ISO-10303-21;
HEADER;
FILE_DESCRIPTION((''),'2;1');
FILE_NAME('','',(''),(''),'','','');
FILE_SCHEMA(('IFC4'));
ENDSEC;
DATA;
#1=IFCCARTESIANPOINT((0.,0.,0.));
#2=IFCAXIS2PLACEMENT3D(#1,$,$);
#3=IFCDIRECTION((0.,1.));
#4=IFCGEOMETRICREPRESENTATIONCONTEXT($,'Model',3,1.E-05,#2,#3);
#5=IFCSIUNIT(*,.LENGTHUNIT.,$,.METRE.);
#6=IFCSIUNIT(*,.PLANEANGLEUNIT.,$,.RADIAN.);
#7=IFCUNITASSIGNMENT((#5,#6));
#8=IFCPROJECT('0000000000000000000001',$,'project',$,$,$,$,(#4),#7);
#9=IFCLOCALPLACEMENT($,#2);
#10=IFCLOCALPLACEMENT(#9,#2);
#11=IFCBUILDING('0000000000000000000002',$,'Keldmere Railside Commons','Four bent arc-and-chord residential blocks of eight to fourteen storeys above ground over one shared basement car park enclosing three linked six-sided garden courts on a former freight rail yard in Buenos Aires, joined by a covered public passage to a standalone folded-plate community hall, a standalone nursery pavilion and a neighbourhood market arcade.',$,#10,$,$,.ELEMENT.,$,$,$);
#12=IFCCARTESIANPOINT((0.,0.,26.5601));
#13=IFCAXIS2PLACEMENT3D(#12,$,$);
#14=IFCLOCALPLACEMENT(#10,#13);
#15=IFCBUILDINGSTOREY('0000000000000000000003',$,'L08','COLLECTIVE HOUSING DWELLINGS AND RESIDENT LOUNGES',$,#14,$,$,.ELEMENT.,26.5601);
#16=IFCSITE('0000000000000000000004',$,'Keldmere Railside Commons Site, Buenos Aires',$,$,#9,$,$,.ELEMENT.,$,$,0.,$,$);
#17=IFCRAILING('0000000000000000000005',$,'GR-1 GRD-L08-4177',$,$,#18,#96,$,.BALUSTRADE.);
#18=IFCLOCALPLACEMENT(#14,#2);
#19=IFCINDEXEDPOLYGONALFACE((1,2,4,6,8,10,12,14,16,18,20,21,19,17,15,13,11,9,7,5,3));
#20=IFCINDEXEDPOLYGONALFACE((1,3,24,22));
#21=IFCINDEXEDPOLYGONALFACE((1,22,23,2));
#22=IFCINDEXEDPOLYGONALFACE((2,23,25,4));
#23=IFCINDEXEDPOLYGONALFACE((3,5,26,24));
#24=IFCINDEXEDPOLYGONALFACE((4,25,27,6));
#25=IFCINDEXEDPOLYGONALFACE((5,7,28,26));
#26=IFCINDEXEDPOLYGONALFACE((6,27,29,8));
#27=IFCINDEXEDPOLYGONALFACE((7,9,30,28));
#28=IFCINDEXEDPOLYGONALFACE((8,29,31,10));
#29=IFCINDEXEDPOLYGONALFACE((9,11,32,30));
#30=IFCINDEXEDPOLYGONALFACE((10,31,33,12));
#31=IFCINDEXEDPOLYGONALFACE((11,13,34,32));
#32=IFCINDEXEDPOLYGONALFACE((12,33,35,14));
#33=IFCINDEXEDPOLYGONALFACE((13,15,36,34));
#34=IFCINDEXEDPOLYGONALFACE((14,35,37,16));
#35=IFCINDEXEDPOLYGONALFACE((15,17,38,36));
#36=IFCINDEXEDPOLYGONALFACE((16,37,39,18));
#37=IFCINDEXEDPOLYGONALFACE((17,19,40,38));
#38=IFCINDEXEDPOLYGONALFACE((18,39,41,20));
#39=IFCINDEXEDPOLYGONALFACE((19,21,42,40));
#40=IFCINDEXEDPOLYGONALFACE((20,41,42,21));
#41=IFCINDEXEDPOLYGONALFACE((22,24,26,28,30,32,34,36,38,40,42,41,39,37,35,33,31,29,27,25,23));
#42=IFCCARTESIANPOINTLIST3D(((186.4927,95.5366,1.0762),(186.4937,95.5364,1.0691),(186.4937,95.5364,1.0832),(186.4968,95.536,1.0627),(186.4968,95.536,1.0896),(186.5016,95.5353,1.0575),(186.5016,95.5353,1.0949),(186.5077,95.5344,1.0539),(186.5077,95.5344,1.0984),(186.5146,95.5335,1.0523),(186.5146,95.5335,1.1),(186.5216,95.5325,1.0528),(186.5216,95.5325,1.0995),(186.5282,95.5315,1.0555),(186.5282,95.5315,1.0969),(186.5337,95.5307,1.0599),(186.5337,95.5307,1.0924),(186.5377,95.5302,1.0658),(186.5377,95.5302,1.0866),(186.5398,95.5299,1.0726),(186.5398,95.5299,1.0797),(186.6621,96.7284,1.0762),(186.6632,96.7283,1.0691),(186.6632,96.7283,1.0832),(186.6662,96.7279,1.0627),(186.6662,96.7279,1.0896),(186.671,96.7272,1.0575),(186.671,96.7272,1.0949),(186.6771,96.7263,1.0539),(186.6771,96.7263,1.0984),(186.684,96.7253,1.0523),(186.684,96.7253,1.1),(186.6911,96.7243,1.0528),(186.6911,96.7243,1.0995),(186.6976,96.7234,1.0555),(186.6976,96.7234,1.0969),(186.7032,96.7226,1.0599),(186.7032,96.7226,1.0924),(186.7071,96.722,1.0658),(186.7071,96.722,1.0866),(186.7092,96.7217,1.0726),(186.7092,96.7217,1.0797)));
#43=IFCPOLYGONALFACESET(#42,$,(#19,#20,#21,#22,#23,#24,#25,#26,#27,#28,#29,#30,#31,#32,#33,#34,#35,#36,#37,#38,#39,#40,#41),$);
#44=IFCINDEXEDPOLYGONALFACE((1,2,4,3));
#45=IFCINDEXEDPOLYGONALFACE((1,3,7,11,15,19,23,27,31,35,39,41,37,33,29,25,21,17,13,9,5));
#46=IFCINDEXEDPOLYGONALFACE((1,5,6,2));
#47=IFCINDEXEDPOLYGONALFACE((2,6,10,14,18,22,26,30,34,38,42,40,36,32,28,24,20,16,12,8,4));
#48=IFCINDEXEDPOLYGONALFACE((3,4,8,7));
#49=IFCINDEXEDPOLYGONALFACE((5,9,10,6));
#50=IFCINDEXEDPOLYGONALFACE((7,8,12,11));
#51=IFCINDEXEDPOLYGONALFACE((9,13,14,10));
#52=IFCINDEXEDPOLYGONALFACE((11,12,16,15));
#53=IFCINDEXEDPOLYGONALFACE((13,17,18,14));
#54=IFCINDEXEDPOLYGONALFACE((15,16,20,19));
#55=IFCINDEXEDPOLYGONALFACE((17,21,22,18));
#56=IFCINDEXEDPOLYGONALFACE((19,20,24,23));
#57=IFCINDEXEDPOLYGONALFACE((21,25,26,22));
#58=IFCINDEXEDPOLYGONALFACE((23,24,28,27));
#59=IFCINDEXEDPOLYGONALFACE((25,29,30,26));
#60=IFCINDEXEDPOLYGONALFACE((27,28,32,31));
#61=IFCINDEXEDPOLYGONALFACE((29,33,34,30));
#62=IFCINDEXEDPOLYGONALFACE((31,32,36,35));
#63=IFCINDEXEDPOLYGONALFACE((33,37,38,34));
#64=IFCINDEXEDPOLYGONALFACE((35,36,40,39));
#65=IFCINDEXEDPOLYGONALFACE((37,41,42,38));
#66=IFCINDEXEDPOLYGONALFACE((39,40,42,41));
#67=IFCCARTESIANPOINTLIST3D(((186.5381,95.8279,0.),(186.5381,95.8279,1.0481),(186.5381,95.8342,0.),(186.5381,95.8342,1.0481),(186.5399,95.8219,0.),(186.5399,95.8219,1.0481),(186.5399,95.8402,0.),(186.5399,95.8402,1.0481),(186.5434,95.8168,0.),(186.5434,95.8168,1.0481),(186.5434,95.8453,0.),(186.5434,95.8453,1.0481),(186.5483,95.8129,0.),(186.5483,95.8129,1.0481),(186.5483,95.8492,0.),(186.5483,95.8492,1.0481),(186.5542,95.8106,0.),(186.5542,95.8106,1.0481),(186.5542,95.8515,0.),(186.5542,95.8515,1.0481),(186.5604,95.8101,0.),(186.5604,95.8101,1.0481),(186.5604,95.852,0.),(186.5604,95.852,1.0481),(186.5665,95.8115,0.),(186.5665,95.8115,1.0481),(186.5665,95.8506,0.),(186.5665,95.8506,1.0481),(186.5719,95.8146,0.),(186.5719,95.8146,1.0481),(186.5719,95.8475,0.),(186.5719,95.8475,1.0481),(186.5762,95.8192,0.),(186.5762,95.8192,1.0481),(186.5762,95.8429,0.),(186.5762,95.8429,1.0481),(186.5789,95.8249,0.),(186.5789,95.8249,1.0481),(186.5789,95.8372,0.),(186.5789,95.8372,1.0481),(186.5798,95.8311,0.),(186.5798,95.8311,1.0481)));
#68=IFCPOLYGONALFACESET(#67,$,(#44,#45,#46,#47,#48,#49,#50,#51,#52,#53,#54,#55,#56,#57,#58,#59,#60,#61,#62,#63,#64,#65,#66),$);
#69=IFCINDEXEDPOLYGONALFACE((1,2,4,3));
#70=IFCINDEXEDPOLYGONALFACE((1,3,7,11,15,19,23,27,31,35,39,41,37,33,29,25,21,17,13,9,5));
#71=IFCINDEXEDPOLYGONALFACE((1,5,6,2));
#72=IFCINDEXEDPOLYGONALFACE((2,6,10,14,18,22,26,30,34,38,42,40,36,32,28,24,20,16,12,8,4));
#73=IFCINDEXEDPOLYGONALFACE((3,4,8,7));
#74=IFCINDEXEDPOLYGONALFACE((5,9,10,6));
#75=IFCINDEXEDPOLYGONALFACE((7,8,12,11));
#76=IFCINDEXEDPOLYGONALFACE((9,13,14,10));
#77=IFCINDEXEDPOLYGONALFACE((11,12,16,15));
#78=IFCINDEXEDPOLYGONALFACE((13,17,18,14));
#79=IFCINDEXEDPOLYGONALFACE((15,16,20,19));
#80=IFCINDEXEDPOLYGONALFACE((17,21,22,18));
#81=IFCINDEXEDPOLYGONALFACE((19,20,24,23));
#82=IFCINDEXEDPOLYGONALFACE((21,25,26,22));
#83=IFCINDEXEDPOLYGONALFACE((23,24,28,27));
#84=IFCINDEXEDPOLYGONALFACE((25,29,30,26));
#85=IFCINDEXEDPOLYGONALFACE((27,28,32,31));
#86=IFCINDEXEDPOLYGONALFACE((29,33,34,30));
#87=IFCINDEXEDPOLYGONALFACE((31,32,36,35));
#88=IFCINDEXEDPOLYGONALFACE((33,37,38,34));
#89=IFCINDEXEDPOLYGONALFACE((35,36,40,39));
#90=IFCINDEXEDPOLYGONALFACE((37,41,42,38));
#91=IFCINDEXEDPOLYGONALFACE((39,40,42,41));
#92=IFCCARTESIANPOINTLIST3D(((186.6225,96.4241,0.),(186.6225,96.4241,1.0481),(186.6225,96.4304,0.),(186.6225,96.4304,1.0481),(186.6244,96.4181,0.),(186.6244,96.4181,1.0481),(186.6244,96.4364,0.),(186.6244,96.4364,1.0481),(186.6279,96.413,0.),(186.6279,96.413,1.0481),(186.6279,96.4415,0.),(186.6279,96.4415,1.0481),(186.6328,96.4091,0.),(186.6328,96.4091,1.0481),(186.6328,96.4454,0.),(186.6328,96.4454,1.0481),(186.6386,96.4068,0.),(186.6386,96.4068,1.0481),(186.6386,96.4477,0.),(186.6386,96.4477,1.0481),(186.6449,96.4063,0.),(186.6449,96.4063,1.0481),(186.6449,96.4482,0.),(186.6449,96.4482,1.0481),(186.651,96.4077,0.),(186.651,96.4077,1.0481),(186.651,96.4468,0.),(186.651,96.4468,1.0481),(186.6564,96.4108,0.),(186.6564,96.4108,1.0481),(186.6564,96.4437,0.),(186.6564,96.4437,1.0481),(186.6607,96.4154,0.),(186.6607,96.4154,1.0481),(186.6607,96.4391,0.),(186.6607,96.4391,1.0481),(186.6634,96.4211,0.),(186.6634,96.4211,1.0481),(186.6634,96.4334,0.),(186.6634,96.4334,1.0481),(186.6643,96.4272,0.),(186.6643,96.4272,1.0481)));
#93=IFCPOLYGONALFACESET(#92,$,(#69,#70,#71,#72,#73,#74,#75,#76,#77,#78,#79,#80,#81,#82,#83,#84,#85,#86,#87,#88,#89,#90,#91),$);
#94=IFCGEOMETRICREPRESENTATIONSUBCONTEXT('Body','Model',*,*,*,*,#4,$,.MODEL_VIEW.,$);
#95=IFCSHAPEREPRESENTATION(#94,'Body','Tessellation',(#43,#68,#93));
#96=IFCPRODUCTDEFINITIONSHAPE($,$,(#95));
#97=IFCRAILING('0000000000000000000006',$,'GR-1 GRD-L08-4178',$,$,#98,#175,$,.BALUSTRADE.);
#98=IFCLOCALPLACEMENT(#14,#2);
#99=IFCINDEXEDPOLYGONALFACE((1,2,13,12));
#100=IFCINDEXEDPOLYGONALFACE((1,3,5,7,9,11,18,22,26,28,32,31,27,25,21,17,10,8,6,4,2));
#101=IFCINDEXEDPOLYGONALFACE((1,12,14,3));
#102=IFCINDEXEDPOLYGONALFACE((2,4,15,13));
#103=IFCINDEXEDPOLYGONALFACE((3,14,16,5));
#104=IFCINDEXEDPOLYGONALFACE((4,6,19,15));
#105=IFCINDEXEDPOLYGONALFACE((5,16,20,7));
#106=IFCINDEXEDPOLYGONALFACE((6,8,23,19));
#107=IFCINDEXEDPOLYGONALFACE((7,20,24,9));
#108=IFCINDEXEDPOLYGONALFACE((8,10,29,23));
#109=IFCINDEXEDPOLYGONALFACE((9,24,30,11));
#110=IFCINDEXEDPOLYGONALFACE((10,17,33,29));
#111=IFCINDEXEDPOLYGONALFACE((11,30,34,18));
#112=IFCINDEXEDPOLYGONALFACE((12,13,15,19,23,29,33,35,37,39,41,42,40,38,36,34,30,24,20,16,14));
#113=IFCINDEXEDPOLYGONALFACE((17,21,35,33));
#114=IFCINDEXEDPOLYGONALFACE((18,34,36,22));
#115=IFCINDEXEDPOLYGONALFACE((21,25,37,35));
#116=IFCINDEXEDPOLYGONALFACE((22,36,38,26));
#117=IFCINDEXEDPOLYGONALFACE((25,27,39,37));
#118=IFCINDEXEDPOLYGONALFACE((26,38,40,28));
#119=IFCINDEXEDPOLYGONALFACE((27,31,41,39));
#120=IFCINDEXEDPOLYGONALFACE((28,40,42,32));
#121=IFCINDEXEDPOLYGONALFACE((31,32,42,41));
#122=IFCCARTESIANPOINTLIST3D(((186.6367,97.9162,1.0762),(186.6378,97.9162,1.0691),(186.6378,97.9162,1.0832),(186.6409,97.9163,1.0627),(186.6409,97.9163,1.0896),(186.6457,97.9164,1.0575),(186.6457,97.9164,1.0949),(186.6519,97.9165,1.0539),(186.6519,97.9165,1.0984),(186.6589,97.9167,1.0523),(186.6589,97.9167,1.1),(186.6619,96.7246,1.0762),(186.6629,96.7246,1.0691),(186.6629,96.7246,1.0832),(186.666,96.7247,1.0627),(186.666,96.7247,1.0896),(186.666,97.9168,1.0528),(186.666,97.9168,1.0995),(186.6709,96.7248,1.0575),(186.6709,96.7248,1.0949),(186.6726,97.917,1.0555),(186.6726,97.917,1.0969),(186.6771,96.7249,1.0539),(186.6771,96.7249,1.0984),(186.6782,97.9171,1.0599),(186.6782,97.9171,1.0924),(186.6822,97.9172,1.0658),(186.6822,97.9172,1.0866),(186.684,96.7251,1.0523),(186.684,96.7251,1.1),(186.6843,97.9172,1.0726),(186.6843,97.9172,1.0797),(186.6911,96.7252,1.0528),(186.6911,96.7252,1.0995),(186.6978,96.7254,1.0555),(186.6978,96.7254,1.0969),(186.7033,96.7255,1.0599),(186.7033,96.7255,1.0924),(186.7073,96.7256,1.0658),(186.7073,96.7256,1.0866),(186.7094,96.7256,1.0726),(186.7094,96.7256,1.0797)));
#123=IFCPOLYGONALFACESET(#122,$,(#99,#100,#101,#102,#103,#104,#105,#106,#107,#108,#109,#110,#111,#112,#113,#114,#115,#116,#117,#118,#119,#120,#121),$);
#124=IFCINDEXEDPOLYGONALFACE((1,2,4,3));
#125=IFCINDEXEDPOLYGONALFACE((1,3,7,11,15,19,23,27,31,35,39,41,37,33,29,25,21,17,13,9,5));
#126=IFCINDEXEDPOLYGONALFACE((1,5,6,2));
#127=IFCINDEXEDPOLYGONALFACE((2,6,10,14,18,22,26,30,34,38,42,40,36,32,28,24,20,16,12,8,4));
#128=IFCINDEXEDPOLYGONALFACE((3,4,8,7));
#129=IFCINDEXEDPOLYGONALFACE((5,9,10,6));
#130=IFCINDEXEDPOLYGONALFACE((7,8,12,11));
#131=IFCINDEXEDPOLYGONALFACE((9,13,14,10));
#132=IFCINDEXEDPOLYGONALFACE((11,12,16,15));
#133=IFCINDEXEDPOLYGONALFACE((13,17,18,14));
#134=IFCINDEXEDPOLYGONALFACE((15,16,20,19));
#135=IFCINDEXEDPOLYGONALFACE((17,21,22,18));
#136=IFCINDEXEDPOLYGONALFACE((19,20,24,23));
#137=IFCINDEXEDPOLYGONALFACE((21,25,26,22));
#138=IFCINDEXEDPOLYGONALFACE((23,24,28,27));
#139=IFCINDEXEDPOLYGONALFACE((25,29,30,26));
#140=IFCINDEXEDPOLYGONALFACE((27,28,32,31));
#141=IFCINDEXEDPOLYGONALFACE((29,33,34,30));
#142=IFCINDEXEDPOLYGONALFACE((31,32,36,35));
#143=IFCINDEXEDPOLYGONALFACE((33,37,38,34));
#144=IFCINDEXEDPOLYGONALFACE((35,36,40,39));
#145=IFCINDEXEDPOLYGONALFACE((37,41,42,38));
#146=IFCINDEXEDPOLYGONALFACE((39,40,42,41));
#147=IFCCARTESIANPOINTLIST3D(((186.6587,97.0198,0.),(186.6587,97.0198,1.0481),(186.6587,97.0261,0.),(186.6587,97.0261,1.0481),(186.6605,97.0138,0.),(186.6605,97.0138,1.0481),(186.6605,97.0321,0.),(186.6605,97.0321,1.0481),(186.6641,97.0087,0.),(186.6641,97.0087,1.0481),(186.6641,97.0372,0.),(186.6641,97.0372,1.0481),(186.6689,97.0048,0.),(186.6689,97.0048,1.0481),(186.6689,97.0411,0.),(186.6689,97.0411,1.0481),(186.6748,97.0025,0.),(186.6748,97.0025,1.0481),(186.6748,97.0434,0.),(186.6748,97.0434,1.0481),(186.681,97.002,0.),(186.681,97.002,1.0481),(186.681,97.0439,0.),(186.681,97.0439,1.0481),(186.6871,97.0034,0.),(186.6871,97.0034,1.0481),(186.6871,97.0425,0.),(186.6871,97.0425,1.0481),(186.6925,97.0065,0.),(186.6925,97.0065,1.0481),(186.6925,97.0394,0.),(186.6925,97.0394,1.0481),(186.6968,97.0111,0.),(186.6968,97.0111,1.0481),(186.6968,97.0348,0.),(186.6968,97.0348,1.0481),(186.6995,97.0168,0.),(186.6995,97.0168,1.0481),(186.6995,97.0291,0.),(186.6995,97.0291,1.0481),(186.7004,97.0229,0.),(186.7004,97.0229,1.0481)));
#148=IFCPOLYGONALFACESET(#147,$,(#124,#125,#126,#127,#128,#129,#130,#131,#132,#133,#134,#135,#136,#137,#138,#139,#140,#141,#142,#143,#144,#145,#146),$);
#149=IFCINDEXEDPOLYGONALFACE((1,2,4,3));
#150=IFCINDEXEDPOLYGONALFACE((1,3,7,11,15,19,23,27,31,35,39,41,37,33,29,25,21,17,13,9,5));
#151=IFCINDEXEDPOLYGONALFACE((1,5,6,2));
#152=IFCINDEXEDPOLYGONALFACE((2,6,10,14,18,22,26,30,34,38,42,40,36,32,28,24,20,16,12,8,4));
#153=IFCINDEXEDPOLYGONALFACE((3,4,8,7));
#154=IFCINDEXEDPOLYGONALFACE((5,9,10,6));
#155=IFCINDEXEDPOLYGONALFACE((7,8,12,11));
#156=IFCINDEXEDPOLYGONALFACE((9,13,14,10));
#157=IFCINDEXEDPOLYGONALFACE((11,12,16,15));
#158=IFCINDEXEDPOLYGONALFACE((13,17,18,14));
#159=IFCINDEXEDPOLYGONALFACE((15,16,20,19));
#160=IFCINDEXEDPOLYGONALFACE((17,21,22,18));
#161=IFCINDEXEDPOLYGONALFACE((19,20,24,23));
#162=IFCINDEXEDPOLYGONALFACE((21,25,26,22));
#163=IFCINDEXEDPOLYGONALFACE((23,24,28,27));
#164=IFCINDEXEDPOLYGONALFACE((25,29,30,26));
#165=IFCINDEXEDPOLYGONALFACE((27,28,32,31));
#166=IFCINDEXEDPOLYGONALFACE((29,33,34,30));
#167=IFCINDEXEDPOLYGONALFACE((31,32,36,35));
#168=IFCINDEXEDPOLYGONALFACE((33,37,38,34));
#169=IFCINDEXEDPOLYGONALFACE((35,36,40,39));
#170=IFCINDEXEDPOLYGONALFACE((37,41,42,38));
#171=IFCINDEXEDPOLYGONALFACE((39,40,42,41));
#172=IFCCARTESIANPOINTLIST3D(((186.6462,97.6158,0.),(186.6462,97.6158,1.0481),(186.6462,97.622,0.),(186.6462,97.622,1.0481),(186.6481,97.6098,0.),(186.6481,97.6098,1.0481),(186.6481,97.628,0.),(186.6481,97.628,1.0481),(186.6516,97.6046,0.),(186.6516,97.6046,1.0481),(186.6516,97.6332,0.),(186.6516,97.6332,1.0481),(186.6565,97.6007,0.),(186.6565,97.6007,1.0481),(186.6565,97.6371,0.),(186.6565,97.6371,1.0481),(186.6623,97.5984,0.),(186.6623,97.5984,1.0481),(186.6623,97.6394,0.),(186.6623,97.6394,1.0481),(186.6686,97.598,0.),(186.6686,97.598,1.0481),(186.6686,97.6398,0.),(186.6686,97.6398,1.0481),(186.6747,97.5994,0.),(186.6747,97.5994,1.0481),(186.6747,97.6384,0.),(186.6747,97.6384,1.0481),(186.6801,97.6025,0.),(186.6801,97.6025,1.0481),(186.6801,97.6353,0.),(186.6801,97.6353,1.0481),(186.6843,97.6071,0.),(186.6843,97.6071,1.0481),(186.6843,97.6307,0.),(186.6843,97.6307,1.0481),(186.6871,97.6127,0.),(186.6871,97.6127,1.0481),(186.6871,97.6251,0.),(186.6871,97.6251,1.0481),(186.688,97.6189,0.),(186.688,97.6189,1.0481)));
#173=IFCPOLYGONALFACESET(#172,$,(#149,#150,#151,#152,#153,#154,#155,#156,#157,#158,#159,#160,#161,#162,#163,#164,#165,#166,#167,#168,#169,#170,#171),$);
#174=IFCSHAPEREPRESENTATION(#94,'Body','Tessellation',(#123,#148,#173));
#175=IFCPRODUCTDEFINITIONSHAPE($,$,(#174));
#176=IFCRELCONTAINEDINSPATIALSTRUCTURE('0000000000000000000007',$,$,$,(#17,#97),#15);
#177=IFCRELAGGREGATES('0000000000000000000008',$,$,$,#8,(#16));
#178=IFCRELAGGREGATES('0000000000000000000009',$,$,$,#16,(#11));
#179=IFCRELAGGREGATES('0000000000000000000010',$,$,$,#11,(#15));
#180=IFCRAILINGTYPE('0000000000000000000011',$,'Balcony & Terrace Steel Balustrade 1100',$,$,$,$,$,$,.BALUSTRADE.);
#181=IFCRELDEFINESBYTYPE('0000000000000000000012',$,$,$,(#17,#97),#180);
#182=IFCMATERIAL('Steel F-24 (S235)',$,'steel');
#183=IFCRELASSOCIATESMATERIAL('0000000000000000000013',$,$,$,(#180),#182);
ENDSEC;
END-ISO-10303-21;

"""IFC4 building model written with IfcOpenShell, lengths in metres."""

from ifc_helpers import new_model, si_unit, direction, frame, origin, origin_2d, place, context, subcontext, project, spatial, circle, extrude, material, type_object, element, save


model = new_model("IFC4")

# Units and contexts
model_context = context("Model", 3, precision=1e-05, world=origin(), true_north=direction((0.0, 1.0)))
body_context = subcontext(model_context, "Body", "Model", "MODEL_VIEW")
ifc_project = project(units=[si_unit("LENGTHUNIT", "METRE"), si_unit("PLANEANGLEUNIT", "RADIAN")], contexts=[model_context])

# Site, building, storey
site_placement = place(None, origin())
site = spatial("IfcSite", under=ifc_project, at=site_placement, Name="Keldmere Railside Commons Site, Buenos Aires", CompositionType="ELEMENT", RefElevation=0.0)
building_placement = place(site_placement, origin())
building = spatial("IfcBuilding", under=site, at=building_placement, Name="Keldmere Railside Commons", Description="Four bent arc-and-chord residential blocks of eight to fourteen storeys above ground over one shared basement car park enclosing three linked six-sided garden courts on a former freight rail yard in Buenos Aires, joined by a covered public passage to a standalone folded-plate community hall, a standalone nursery pavilion and a neighbourhood market arcade.", CompositionType="ELEMENT")
storey_placement = place(building_placement, frame((0.0, 0.0, 26.5601)))
storey = spatial("IfcBuildingStorey", under=building, at=storey_placement, Name="L08", Description="COLLECTIVE HOUSING DWELLINGS AND RESIDENT LOUNGES", CompositionType="ELEMENT", Elevation=26.5601)

# Railings
ifc_material_1 = material(Name="Steel F-24 (S235)", Category="steel")
railing_type = type_object("IfcRailingType", Name="Balcony & Terrace Steel Balustrade 1100", PredefinedType="BALUSTRADE", material=ifc_material_1)
railing_1_placement = place(storey_placement, frame((186.5164, 95.5332, 0.0)))
element("IfcRailing", 1, at=railing_1_placement, inside=storey, type_object=railing_type, Name="GR-1 GRD-L08-4177", PredefinedType="BALUSTRADE", context=body_context, shape_type="SweptSolid", body=[
    extrude(circle(Radius=0.0239, at=origin_2d()), frame((0.0, 0.0, 1.0762), z_axis=(0.14074, 0.990047, 0.0), x_axis=(-0.990047, 0.14074, 0.0)), (0.0, 0.0, 1.0), 1.2039),
    extrude(circle(Radius=0.021, at=origin_2d()), frame((0.0425, 0.2979, 0.0)), (0.0, 0.0, 1.0), 1.0481),
    extrude(circle(Radius=0.021, at=origin_2d()), frame((0.127, 0.894, 0.0)), (0.0, 0.0, 1.0), 1.0481),
])
railing_2_placement = place(storey_placement, frame((186.6858, 96.7251, 0.0)))
element("IfcRailing", 2, at=railing_2_placement, inside=storey, type_object=railing_type, Name="GR-1 GRD-L08-4178", PredefinedType="BALUSTRADE", context=body_context, shape_type="SweptSolid", body=[
    extrude(circle(Radius=0.0239, at=origin_2d()), frame((0.0, 0.0, 1.0762), z_axis=(-0.021098, 0.999777, 0.0), x_axis=(-0.999777, -0.021098, 0.0)), (0.0, 0.0, 1.0), 1.1919),
    extrude(circle(Radius=0.021, at=origin_2d()), frame((-0.0063, 0.2979, 0.0)), (0.0, 0.0, 1.0), 1.0481),
    extrude(circle(Radius=0.021, at=origin_2d()), frame((-0.0188, 0.8938, 0.0)), (0.0, 0.0, 1.0), 1.0481),
])

save(model, "model.ifc")
